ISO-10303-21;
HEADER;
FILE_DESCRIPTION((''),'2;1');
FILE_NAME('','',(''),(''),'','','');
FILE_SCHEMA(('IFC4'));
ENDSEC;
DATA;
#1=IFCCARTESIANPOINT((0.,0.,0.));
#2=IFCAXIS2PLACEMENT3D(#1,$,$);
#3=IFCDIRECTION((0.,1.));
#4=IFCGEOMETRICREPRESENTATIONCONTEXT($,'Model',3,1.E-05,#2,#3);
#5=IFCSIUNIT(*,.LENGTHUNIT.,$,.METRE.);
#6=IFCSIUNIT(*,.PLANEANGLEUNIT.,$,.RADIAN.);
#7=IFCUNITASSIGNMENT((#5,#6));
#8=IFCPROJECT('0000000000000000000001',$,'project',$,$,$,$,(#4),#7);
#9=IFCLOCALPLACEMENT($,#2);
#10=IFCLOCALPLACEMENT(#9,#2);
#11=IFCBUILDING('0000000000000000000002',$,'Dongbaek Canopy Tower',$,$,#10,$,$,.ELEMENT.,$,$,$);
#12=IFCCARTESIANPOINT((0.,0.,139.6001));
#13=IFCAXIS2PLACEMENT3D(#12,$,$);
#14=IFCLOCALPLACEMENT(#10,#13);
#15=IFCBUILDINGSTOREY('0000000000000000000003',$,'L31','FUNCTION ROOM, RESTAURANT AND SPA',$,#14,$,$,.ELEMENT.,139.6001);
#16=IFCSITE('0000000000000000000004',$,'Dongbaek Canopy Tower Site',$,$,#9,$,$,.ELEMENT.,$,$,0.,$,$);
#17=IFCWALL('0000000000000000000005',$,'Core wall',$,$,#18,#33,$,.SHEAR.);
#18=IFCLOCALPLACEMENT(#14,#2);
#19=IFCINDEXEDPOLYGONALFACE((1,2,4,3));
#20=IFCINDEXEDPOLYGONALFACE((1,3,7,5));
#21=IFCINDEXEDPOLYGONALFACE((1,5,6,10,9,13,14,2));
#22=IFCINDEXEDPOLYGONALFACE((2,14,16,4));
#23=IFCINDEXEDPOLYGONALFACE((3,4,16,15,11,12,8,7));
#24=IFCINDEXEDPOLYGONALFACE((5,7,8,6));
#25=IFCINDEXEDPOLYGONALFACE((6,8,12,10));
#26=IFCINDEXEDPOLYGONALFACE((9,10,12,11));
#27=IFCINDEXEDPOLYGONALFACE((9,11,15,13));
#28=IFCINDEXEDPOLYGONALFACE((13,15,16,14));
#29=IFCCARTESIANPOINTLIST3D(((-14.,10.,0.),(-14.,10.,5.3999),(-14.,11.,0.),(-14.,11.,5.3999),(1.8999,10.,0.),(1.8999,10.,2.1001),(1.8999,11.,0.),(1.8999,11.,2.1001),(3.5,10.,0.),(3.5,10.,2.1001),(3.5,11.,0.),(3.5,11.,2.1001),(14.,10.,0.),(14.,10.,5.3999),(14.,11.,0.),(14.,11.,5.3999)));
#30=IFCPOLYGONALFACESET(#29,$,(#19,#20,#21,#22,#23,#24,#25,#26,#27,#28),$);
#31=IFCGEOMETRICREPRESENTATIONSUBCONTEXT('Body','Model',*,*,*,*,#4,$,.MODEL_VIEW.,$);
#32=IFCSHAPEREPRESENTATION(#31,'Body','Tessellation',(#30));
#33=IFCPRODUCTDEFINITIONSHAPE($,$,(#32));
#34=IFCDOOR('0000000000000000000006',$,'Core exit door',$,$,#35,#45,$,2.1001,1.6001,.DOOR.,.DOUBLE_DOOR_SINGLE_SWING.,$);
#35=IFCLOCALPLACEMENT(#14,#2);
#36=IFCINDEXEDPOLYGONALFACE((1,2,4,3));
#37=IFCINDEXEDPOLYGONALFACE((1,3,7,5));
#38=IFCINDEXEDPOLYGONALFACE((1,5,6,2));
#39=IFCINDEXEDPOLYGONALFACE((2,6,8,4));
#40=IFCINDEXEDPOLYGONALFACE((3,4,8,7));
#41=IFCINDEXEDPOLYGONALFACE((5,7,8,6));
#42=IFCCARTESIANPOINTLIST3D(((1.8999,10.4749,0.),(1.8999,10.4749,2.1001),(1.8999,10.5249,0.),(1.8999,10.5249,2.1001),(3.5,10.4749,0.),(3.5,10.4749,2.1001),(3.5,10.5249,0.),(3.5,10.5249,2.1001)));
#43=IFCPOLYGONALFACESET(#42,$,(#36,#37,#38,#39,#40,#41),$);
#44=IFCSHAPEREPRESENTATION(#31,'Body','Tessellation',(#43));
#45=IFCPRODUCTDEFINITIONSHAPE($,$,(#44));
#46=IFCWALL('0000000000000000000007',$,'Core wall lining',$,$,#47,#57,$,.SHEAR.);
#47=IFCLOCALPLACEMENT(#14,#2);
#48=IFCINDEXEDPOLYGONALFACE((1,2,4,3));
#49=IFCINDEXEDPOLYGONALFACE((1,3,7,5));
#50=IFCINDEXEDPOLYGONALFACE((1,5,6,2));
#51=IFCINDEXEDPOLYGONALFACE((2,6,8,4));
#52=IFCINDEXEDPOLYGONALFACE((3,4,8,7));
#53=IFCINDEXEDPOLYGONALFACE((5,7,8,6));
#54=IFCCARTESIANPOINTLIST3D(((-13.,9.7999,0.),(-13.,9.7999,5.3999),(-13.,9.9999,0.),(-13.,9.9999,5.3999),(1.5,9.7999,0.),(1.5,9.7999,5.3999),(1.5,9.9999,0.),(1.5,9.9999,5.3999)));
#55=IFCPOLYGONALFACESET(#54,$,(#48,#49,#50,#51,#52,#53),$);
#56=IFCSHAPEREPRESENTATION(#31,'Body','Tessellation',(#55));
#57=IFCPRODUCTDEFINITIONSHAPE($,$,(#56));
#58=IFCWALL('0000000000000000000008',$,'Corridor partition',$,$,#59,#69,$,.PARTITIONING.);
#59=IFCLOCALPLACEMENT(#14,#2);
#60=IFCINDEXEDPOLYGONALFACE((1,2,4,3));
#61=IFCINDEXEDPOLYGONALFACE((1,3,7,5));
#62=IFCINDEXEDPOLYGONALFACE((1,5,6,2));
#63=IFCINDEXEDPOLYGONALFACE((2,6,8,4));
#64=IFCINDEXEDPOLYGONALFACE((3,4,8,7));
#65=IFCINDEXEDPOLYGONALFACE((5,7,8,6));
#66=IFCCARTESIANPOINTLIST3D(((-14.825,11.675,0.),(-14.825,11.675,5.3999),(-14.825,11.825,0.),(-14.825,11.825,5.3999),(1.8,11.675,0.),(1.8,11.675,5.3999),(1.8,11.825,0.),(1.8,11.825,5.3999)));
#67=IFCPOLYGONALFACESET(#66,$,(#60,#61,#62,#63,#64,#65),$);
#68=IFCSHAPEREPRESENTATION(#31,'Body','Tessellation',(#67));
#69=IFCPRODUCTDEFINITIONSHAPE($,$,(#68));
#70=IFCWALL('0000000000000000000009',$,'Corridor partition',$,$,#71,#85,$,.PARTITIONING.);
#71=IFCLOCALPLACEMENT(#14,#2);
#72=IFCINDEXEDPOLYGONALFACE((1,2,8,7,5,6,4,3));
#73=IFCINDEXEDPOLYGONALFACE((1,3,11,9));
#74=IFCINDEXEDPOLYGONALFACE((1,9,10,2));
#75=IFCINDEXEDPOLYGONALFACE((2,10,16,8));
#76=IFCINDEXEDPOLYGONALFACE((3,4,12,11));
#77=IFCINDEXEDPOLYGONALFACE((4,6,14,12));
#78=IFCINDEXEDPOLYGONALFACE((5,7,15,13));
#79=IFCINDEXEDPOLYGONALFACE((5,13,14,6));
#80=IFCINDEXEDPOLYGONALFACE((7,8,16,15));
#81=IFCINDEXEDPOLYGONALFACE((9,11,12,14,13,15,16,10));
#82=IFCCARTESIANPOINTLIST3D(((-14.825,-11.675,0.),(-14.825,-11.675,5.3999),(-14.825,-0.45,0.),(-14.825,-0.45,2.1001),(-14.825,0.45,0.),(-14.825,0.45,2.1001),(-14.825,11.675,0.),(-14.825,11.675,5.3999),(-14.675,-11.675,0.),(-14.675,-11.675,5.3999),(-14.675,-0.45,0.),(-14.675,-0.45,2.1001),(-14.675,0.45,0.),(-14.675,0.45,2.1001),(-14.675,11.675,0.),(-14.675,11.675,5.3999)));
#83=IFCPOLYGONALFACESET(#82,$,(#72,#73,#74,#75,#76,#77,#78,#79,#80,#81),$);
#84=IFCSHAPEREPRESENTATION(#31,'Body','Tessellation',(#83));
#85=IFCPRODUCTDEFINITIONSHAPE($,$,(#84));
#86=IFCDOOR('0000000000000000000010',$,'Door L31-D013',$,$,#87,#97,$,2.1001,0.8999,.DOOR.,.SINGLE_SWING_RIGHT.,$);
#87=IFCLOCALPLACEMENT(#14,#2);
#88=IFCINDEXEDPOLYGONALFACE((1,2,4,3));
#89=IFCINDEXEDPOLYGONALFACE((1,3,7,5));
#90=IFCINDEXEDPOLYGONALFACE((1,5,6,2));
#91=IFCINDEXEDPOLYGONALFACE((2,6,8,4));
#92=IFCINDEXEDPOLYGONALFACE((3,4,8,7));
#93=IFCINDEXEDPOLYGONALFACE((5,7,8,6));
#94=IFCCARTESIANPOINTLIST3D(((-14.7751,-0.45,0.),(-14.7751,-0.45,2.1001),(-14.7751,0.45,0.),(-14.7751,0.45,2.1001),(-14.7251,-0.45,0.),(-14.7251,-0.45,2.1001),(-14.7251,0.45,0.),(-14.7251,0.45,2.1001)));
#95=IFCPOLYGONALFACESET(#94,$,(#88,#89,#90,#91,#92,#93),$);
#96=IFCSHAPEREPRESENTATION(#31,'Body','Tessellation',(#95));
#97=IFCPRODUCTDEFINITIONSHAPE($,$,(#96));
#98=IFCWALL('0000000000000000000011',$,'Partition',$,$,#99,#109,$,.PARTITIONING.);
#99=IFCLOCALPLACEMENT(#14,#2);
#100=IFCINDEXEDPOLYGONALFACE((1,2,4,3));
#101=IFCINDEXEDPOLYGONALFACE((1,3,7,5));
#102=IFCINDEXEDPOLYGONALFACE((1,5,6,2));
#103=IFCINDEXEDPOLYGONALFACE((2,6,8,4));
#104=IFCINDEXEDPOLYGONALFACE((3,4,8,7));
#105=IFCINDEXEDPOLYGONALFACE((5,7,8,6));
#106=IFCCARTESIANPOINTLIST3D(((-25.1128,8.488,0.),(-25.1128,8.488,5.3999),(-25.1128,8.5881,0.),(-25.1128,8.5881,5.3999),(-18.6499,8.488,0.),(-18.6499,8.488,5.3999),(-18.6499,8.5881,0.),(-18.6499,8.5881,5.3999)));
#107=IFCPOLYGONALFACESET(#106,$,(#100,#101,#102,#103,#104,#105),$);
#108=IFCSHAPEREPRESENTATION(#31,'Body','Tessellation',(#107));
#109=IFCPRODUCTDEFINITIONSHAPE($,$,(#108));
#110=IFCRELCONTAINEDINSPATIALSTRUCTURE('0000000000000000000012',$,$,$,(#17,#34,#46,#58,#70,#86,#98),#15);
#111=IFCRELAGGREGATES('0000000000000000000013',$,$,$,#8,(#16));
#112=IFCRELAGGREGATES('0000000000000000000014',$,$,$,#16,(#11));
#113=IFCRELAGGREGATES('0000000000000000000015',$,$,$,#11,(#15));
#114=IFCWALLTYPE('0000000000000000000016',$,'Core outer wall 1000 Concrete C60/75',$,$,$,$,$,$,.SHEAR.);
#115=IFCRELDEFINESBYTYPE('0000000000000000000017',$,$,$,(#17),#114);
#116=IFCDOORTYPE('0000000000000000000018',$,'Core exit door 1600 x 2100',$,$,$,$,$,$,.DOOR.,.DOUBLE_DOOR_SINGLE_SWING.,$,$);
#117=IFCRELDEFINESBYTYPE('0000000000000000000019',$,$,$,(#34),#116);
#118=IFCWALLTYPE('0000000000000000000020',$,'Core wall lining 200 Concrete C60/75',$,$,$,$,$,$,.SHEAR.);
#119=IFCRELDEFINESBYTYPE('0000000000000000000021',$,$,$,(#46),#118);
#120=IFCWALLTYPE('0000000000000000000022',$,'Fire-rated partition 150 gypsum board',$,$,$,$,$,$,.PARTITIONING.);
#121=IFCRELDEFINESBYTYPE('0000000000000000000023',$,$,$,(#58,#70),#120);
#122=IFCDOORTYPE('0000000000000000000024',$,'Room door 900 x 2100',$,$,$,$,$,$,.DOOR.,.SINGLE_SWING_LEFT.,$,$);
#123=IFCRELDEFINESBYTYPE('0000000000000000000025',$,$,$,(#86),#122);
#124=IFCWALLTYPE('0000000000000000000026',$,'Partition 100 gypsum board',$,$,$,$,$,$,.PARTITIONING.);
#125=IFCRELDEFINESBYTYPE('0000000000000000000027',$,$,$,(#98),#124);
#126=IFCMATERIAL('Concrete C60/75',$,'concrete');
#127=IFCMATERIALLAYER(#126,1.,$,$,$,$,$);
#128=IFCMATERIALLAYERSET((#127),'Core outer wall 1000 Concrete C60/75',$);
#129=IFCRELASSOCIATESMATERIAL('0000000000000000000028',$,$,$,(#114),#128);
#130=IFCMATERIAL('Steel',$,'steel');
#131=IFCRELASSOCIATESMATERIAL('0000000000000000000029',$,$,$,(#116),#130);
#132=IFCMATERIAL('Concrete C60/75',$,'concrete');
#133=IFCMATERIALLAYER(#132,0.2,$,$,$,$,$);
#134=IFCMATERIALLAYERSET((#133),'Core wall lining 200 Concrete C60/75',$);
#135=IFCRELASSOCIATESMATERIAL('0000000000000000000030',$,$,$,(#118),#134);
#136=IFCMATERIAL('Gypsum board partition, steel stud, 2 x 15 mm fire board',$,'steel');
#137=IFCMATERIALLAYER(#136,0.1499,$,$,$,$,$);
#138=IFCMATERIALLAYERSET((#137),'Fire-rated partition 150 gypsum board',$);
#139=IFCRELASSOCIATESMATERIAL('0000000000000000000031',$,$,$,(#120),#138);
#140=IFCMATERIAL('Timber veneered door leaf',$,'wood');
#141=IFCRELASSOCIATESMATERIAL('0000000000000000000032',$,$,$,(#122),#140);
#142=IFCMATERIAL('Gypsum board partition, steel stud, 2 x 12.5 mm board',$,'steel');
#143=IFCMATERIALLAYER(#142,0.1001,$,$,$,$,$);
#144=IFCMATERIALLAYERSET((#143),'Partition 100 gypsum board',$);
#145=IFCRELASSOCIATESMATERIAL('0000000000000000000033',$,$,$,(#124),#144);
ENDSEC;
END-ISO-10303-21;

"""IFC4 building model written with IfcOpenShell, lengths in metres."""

from ifc_helpers import new_model, si_unit, direction, frame, frame_2d, origin, place, context, subcontext, project, spatial, rectangle, extrude, material, layer, layer_set, type_object, element, fill, save


model = new_model("IFC4")

# Units and contexts
model_context = context("Model", 3, precision=1e-05, world=origin(), true_north=direction((0.0, 1.0)))
body_context = subcontext(model_context, "Body", "Model", "MODEL_VIEW")
ifc_project = project(units=[si_unit("LENGTHUNIT", "METRE"), si_unit("PLANEANGLEUNIT", "RADIAN")], contexts=[model_context])

# Site, building, storey
site_placement = place(None, origin())
site = spatial("IfcSite", under=ifc_project, at=site_placement, Name="Dongbaek Canopy Tower Site", CompositionType="ELEMENT", RefElevation=0.0)
building_placement = place(site_placement, origin())
building = spatial("IfcBuilding", under=site, at=building_placement, Name="Dongbaek Canopy Tower", CompositionType="ELEMENT")
storey_placement = place(building_placement, frame((0.0, 0.0, 139.6001)))
storey = spatial("IfcBuildingStorey", under=building, at=storey_placement, Name="L31", Description="FUNCTION ROOM, RESTAURANT AND SPA", CompositionType="ELEMENT", Elevation=139.6001)

# Wall, opening, door
ifc_material_1 = material(Name="Concrete C60/75", Category="concrete")
ifc_layer_1 = layer(ifc_material_1, 1.0)
ifc_layer_set_1 = layer_set([ifc_layer_1], Name="Core outer wall 1000 Concrete C60/75")
wall_type_1 = type_object("IfcWallType", Name="Core outer wall 1000 Concrete C60/75", PredefinedType="SHEAR", material=ifc_layer_set_1)
wall_1_placement = place(storey_placement, frame((-14.0, 10.5, 0.0), z_axis=(0.0, 0.0, 1.0), x_axis=(1.0, 0.0, 0.0)))
wall_1 = element("IfcWall", 1, at=wall_1_placement, inside=storey, type_object=wall_type_1, Name="Core wall", PredefinedType="SHEAR", context=body_context, shape_type="SweptSolid", body=[
    extrude(rectangle(XDim=28.0, YDim=1.0, at=frame_2d((14.0, 0.0))), origin(), (0.0, 0.0, 1.0), 5.3999),
])
opening_1_placement = place(wall_1_placement, frame((15.8999, 0.0, 0.0)))
opening_1 = element("IfcOpeningElement", 2, at=opening_1_placement, cuts=wall_1, PredefinedType="OPENING", context=body_context, shape_type="SweptSolid", body=[
    extrude(rectangle(XDim=1.6001, YDim=2.1001, at=frame_2d((0.8, 1.05))), frame((0.0, 0.51, 0.0), z_axis=(0.0, -1.0, 0.0), x_axis=(1.0, 0.0, 0.0)), (0.0, 0.0, 1.0), 1.02),
])
ifc_material_2 = material(Name="Steel", Category="steel")
door_type_1 = type_object("IfcDoorType", Name="Core exit door 1600 x 2100", OperationType="DOUBLE_DOOR_SINGLE_SWING", PredefinedType="DOOR", material=ifc_material_2)
door_1_placement = place(opening_1_placement, origin())
door_1 = element("IfcDoor", 3, at=door_1_placement, inside=storey, type_object=door_type_1, Name="Core exit door", OperationType="DOUBLE_DOOR_SINGLE_SWING", OverallHeight=2.1001, OverallWidth=1.6001, PredefinedType="DOOR", context=body_context, shape_type="SweptSolid", body=[
    extrude(rectangle(XDim=1.6001, YDim=2.1001, at=frame_2d((0.8, 1.05))), frame((0.0, 0.0249, 0.0), z_axis=(0.0, -1.0, 0.0), x_axis=(1.0, 0.0, 0.0)), (0.0, 0.0, 1.0), 0.05),
])
fill(opening_1, door_1)

# Walls
ifc_material_3 = material(Name="Concrete C60/75", Category="concrete")
ifc_layer_2 = layer(ifc_material_3, 0.2)
ifc_layer_set_2 = layer_set([ifc_layer_2], Name="Core wall lining 200 Concrete C60/75")
wall_type_2 = type_object("IfcWallType", Name="Core wall lining 200 Concrete C60/75", PredefinedType="SHEAR", material=ifc_layer_set_2)
wall_2_placement = place(storey_placement, frame((-13.0, 9.8999, 0.0), z_axis=(0.0, 0.0, 1.0), x_axis=(1.0, 0.0, 0.0)))
element("IfcWall", 4, at=wall_2_placement, inside=storey, type_object=wall_type_2, Name="Core wall lining", PredefinedType="SHEAR", context=body_context, shape_type="SweptSolid", body=[
    extrude(rectangle(XDim=14.5, YDim=0.2, at=frame_2d((7.25, 0.0))), origin(), (0.0, 0.0, 1.0), 5.3999),
])
ifc_material_4 = material(Name="Gypsum board partition, steel stud, 2 x 15 mm fire board", Category="steel")
ifc_layer_3 = layer(ifc_material_4, 0.1499)
ifc_layer_set_3 = layer_set([ifc_layer_3], Name="Fire-rated partition 150 gypsum board")
wall_type_3 = type_object("IfcWallType", Name="Fire-rated partition 150 gypsum board", PredefinedType="PARTITIONING", material=ifc_layer_set_3)
wall_3_placement = place(storey_placement, frame((-14.825, 11.75, 0.0), z_axis=(0.0, 0.0, 1.0), x_axis=(1.0, 0.0, 0.0)))
element("IfcWall", 5, at=wall_3_placement, inside=storey, type_object=wall_type_3, Name="Corridor partition", PredefinedType="PARTITIONING", context=body_context, shape_type="SweptSolid", body=[
    extrude(rectangle(XDim=16.625, YDim=0.1499, at=frame_2d((8.3125, 0.0))), origin(), (0.0, 0.0, 1.0), 5.3999),
])

# Wall, opening, door
wall_4_placement = place(storey_placement, frame((-14.75, 11.675, 0.0), z_axis=(0.0, 0.0, 1.0), x_axis=(0.0, -1.0, 0.0)))
wall_4 = element("IfcWall", 6, at=wall_4_placement, inside=storey, type_object=wall_type_3, Name="Corridor partition", PredefinedType="PARTITIONING", context=body_context, shape_type="SweptSolid", body=[
    extrude(rectangle(XDim=23.3501, YDim=0.1499, at=frame_2d((11.675, 0.0))), origin(), (0.0, 0.0, 1.0), 5.3999),
])
opening_2_placement = place(wall_4_placement, frame((11.2251, 0.0, 0.0)))
opening_2 = element("IfcOpeningElement", 7, at=opening_2_placement, cuts=wall_4, PredefinedType="OPENING", context=body_context, shape_type="SweptSolid", body=[
    extrude(rectangle(XDim=0.8999, YDim=2.1001, at=frame_2d((0.45, 1.05))), frame((0.0, 0.085, 0.0), z_axis=(0.0, -1.0, 0.0), x_axis=(1.0, 0.0, 0.0)), (0.0, 0.0, 1.0), 0.1699),
])
ifc_material_5 = material(Name="Timber veneered door leaf", Category="wood")
door_type_2 = type_object("IfcDoorType", Name="Room door 900 x 2100", OperationType="SINGLE_SWING_LEFT", PredefinedType="DOOR", material=ifc_material_5)
door_2_placement = place(opening_2_placement, origin())
door_2 = element("IfcDoor", 8, at=door_2_placement, inside=storey, type_object=door_type_2, Name="Door L31-D013", OperationType="SINGLE_SWING_RIGHT", OverallHeight=2.1001, OverallWidth=0.8999, PredefinedType="DOOR", context=body_context, shape_type="SweptSolid", body=[
    extrude(rectangle(XDim=0.8999, YDim=2.1001, at=frame_2d((0.45, 1.05))), frame((0.0, 0.0249, 0.0), z_axis=(0.0, -1.0, 0.0), x_axis=(1.0, 0.0, 0.0)), (0.0, 0.0, 1.0), 0.05),
])
fill(opening_2, door_2)

# Wall
ifc_material_6 = material(Name="Gypsum board partition, steel stud, 2 x 12.5 mm board", Category="steel")
ifc_layer_4 = layer(ifc_material_6, 0.1001)
ifc_layer_set_4 = layer_set([ifc_layer_4], Name="Partition 100 gypsum board")
wall_type_4 = type_object("IfcWallType", Name="Partition 100 gypsum board", PredefinedType="PARTITIONING", material=ifc_layer_set_4)
wall_5_placement = place(storey_placement, frame((-25.1128, 8.5381, 0.0), z_axis=(0.0, 0.0, 1.0), x_axis=(1.0, 0.0, 0.0)))
element("IfcWall", 9, at=wall_5_placement, inside=storey, type_object=wall_type_4, Name="Partition", PredefinedType="PARTITIONING", context=body_context, shape_type="SweptSolid", body=[
    extrude(rectangle(XDim=6.4629, YDim=0.1001, at=frame_2d((3.2314, 0.0))), origin(), (0.0, 0.0, 1.0), 5.3999),
])

save(model, "model.ifc")
